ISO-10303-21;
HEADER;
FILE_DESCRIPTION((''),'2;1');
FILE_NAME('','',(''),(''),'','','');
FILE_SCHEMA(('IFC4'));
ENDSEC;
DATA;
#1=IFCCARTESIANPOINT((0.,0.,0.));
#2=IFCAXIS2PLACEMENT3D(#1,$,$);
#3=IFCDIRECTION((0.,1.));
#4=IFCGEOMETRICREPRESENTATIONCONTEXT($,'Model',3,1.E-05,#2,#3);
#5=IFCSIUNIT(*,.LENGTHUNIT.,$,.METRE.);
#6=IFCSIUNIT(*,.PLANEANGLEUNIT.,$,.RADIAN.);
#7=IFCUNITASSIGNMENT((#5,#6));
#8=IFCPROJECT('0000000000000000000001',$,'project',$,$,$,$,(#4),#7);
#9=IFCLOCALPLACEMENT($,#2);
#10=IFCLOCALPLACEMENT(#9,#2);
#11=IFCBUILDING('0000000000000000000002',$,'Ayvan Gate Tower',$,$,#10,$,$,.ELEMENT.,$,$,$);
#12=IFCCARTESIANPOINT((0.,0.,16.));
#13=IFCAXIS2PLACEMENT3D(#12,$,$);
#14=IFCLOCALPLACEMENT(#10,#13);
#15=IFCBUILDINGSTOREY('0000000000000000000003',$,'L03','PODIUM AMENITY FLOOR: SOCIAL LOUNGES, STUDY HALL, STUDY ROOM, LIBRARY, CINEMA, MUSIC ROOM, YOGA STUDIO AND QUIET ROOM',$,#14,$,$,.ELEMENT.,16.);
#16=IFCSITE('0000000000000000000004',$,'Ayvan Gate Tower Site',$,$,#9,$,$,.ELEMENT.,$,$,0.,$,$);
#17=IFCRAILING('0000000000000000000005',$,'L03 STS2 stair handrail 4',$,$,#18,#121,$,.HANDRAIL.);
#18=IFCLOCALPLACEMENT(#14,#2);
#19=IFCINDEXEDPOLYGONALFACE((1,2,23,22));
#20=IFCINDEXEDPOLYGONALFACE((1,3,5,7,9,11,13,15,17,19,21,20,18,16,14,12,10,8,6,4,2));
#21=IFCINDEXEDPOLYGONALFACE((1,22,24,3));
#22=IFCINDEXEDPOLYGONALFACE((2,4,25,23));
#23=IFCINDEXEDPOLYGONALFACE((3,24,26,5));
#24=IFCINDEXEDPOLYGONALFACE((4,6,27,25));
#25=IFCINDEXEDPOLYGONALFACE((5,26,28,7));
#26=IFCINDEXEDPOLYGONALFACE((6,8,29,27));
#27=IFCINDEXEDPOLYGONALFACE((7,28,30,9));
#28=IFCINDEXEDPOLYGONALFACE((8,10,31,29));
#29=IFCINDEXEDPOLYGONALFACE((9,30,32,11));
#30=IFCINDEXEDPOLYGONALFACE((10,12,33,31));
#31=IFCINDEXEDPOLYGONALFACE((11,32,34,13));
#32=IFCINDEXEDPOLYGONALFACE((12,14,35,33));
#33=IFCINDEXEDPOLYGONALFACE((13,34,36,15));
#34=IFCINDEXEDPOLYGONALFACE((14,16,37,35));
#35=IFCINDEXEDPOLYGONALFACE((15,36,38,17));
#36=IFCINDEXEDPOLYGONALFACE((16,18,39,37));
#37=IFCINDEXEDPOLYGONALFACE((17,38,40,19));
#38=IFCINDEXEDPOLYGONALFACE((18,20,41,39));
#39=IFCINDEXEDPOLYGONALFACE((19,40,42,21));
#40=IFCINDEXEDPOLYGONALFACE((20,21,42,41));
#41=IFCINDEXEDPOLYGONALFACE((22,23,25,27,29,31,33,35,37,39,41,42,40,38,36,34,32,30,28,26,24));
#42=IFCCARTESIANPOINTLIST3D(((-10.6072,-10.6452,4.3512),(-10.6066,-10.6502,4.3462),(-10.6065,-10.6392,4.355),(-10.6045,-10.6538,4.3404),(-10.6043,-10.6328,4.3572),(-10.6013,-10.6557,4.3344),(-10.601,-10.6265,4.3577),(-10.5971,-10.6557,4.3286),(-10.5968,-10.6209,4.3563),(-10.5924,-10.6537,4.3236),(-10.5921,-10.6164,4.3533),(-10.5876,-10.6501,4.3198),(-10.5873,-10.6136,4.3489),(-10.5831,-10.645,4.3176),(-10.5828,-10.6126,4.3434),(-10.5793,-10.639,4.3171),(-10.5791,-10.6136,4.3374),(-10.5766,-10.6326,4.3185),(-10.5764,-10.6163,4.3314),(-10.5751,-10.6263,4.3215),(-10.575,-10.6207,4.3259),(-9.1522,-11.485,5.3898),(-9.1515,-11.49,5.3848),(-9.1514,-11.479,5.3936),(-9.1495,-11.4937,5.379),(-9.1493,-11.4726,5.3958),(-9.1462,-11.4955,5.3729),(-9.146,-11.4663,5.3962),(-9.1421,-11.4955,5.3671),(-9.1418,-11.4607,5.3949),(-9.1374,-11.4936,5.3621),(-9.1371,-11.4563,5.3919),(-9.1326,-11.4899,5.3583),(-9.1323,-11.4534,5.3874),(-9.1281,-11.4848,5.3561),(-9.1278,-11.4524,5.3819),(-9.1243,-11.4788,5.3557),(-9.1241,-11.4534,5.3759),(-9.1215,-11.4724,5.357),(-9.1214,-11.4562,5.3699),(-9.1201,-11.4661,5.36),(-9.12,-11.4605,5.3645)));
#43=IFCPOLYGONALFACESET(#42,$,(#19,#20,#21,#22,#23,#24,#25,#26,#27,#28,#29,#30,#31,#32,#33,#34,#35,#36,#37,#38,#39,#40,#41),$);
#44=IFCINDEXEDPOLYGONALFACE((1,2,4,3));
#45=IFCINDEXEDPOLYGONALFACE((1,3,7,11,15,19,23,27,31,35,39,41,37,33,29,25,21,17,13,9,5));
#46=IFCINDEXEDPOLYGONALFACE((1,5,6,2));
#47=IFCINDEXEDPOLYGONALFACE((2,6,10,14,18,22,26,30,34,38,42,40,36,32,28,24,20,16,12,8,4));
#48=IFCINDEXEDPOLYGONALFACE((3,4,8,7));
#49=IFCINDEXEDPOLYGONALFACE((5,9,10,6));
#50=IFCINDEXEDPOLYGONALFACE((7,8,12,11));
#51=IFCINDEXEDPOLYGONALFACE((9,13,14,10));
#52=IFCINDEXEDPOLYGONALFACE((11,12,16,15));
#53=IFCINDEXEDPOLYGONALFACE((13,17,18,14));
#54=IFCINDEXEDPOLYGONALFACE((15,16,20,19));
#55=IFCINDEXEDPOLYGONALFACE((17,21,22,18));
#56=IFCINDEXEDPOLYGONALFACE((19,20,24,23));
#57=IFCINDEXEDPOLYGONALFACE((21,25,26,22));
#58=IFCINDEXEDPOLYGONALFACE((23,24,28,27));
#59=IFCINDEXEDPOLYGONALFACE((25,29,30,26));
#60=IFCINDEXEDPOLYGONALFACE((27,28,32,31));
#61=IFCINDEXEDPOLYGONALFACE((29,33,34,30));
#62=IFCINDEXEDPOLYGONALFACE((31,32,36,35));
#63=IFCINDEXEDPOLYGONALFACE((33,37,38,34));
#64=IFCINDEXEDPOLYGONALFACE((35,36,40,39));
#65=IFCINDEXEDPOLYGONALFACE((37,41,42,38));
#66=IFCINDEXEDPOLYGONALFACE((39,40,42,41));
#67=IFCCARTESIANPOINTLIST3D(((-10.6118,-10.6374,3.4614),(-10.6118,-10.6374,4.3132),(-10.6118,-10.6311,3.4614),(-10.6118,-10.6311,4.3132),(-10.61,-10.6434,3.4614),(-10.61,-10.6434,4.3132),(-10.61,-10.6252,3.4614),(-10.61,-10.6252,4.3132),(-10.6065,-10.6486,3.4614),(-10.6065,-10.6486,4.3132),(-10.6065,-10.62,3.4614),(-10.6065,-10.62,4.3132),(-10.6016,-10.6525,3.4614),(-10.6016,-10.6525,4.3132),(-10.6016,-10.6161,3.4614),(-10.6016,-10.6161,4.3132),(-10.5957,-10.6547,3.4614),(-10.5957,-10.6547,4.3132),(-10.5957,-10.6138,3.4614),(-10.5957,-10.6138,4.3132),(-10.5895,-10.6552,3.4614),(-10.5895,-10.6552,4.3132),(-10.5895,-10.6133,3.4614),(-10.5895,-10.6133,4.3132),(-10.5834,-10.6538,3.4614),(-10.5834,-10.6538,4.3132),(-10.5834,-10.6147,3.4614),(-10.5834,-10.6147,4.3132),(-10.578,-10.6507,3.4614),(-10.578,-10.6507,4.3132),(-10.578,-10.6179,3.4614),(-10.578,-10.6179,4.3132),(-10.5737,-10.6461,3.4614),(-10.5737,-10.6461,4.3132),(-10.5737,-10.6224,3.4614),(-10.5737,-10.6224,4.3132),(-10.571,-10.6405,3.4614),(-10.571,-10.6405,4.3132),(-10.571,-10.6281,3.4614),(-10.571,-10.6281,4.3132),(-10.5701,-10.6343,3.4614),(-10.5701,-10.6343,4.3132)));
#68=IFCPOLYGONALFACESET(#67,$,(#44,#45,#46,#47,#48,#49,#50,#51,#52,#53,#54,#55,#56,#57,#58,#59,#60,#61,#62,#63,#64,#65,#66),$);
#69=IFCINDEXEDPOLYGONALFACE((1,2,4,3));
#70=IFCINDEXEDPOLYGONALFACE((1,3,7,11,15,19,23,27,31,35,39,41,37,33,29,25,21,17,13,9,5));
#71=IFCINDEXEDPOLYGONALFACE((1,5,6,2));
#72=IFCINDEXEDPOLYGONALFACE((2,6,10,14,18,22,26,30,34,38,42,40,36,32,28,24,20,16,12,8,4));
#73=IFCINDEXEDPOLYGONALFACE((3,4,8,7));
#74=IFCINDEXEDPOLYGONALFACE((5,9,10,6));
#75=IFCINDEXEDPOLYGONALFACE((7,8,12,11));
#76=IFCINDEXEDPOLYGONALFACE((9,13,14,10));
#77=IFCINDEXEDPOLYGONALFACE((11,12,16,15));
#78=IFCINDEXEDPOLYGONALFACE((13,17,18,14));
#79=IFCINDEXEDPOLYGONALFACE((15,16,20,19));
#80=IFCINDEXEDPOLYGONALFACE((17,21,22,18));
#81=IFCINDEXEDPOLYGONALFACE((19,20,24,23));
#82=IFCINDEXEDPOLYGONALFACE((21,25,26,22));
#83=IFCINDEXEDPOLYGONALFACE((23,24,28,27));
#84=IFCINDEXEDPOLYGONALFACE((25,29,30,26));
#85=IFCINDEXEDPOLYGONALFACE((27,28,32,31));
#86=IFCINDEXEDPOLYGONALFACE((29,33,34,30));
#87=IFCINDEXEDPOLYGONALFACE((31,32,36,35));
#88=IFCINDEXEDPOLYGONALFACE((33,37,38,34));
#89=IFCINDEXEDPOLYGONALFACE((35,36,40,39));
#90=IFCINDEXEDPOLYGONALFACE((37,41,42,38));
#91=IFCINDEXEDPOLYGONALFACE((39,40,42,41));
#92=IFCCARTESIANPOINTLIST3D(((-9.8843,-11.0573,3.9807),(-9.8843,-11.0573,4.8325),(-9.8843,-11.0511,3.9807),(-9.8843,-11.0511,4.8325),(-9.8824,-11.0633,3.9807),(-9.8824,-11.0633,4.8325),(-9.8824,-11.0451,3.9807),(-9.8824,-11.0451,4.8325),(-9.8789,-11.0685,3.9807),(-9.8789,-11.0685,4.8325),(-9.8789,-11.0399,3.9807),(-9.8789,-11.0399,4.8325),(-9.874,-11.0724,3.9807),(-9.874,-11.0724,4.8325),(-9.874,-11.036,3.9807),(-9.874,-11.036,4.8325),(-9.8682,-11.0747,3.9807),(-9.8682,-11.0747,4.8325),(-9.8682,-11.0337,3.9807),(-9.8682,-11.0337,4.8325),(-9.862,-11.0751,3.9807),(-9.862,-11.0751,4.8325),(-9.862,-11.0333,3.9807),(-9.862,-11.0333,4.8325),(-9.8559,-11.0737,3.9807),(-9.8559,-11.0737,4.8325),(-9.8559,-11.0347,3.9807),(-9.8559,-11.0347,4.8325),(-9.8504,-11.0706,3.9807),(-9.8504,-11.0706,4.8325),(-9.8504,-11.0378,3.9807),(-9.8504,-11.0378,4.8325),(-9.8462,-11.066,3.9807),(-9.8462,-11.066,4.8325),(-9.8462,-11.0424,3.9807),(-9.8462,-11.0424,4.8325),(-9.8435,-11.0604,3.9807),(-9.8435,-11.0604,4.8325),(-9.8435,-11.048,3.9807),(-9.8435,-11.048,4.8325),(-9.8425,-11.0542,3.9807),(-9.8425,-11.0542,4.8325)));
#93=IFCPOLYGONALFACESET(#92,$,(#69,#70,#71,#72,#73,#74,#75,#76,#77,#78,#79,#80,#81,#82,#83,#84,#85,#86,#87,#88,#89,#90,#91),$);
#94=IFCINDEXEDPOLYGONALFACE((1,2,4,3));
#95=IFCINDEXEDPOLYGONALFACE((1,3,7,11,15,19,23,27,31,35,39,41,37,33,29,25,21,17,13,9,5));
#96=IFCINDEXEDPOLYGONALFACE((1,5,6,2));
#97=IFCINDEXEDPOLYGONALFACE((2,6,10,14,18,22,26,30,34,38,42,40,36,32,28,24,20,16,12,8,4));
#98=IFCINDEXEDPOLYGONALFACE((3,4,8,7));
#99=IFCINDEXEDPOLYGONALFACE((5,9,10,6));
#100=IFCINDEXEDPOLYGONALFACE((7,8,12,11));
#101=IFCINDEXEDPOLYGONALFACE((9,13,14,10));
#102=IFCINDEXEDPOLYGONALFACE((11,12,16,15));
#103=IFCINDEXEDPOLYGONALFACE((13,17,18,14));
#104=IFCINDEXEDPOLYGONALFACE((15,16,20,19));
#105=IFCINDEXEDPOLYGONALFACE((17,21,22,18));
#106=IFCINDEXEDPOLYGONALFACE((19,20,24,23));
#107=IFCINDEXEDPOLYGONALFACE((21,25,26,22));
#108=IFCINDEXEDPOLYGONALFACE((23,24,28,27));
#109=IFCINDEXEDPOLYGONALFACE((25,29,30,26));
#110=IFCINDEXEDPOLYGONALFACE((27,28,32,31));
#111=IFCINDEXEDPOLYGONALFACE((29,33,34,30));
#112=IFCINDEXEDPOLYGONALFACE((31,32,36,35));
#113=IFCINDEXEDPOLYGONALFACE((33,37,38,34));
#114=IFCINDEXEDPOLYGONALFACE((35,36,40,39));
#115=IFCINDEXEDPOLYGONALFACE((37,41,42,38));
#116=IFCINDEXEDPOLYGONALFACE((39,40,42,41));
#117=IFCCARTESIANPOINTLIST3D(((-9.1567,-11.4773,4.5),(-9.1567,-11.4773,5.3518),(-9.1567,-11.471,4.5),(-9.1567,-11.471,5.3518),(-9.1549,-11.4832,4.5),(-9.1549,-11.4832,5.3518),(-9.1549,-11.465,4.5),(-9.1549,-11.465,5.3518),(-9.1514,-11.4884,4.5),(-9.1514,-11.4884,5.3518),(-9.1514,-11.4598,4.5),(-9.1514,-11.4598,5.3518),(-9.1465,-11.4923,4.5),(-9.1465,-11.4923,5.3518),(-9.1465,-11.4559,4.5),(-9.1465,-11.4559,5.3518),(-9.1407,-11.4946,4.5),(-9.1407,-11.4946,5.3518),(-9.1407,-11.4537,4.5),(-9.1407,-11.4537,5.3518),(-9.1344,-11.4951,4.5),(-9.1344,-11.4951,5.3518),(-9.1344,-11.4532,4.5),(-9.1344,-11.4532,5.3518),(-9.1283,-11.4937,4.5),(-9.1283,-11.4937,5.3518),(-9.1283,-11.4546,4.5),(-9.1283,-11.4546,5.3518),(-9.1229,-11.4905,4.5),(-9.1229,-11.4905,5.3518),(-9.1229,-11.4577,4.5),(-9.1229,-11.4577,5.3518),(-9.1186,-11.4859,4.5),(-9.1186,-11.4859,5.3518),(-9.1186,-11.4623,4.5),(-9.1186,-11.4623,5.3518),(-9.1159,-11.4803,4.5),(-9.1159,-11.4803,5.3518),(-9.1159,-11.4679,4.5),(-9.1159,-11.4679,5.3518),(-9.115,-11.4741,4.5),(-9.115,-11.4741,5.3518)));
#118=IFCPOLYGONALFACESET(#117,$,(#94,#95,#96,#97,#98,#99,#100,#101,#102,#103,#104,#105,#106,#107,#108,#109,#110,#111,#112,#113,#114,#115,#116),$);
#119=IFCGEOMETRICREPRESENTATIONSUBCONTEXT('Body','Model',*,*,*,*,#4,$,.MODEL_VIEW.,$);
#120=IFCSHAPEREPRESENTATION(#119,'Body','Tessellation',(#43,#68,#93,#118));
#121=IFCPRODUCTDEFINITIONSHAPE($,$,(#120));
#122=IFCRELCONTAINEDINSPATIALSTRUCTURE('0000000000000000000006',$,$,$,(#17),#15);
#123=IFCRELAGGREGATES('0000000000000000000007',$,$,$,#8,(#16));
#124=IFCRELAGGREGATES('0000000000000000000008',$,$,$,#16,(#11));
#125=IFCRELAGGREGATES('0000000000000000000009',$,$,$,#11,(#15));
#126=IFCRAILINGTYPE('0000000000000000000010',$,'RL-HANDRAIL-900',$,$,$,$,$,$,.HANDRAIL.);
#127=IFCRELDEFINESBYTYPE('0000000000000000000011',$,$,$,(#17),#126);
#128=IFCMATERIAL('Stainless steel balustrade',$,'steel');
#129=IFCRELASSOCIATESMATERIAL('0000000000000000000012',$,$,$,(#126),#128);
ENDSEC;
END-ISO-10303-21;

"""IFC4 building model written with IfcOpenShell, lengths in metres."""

from ifc_helpers import new_model, si_unit, direction, frame, origin, origin_2d, place, context, subcontext, project, spatial, circle, extrude, material, type_object, element, save


model = new_model("IFC4")

# Units and contexts
model_context = context("Model", 3, precision=1e-05, world=origin(), true_north=direction((0.0, 1.0)))
body_context = subcontext(model_context, "Body", "Model", "MODEL_VIEW")
ifc_project = project(units=[si_unit("LENGTHUNIT", "METRE"), si_unit("PLANEANGLEUNIT", "RADIAN")], contexts=[model_context])

# Site, building, storey
site_placement = place(None, origin())
site = spatial("IfcSite", under=ifc_project, at=site_placement, Name="Ayvan Gate Tower Site", CompositionType="ELEMENT", RefElevation=0.0)
building_placement = place(site_placement, origin())
building = spatial("IfcBuilding", under=site, at=building_placement, Name="Ayvan Gate Tower", CompositionType="ELEMENT")
storey_placement = place(building_placement, frame((0.0, 0.0, 16.0)))
storey = spatial("IfcBuildingStorey", under=building, at=storey_placement, Name="L03", Description="PODIUM AMENITY FLOOR: SOCIAL LOUNGES, STUDY HALL, STUDY ROOM, LIBRARY, CINEMA, MUSIC ROOM, YOGA STUDIO AND QUIET ROOM", CompositionType="ELEMENT", Elevation=16.0)

# Railing
ifc_material_1 = material(Name="Stainless steel balustrade", Category="steel")
railing_type_1 = type_object("IfcRailingType", Name="RL-HANDRAIL-900", PredefinedType="HANDRAIL", material=ifc_material_1)
railing_1_placement = place(storey_placement, frame((-10.5911, -10.6343, 3.4614)))
element("IfcRailing", 1, at=railing_1_placement, inside=storey, type_object=railing_type_1, Name="L03 STS2 stair handrail 4", PredefinedType="HANDRAIL", context=body_context, shape_type="SweptSolid", body=[
    extrude(circle(Radius=0.0239, at=origin_2d()), frame((0.0, 0.0, 0.876), z_axis=(0.736692, -0.425205, 0.52582), x_axis=(0.49989, 0.866089, 0.0)), (0.0, 0.0, 1.0), 1.9751),
    extrude(circle(Radius=0.021, at=origin_2d()), origin(), (0.0, 0.0, 1.0), 0.8518),
    extrude(circle(Radius=0.021, at=origin_2d()), frame((0.7275, -0.4199, 0.5193)), (0.0, 0.0, 1.0), 0.8518),
    extrude(circle(Radius=0.021, at=origin_2d()), frame((1.4551, -0.8398, 1.0386)), (0.0, 0.0, 1.0), 0.8518),
])

save(model, "model.ifc")
